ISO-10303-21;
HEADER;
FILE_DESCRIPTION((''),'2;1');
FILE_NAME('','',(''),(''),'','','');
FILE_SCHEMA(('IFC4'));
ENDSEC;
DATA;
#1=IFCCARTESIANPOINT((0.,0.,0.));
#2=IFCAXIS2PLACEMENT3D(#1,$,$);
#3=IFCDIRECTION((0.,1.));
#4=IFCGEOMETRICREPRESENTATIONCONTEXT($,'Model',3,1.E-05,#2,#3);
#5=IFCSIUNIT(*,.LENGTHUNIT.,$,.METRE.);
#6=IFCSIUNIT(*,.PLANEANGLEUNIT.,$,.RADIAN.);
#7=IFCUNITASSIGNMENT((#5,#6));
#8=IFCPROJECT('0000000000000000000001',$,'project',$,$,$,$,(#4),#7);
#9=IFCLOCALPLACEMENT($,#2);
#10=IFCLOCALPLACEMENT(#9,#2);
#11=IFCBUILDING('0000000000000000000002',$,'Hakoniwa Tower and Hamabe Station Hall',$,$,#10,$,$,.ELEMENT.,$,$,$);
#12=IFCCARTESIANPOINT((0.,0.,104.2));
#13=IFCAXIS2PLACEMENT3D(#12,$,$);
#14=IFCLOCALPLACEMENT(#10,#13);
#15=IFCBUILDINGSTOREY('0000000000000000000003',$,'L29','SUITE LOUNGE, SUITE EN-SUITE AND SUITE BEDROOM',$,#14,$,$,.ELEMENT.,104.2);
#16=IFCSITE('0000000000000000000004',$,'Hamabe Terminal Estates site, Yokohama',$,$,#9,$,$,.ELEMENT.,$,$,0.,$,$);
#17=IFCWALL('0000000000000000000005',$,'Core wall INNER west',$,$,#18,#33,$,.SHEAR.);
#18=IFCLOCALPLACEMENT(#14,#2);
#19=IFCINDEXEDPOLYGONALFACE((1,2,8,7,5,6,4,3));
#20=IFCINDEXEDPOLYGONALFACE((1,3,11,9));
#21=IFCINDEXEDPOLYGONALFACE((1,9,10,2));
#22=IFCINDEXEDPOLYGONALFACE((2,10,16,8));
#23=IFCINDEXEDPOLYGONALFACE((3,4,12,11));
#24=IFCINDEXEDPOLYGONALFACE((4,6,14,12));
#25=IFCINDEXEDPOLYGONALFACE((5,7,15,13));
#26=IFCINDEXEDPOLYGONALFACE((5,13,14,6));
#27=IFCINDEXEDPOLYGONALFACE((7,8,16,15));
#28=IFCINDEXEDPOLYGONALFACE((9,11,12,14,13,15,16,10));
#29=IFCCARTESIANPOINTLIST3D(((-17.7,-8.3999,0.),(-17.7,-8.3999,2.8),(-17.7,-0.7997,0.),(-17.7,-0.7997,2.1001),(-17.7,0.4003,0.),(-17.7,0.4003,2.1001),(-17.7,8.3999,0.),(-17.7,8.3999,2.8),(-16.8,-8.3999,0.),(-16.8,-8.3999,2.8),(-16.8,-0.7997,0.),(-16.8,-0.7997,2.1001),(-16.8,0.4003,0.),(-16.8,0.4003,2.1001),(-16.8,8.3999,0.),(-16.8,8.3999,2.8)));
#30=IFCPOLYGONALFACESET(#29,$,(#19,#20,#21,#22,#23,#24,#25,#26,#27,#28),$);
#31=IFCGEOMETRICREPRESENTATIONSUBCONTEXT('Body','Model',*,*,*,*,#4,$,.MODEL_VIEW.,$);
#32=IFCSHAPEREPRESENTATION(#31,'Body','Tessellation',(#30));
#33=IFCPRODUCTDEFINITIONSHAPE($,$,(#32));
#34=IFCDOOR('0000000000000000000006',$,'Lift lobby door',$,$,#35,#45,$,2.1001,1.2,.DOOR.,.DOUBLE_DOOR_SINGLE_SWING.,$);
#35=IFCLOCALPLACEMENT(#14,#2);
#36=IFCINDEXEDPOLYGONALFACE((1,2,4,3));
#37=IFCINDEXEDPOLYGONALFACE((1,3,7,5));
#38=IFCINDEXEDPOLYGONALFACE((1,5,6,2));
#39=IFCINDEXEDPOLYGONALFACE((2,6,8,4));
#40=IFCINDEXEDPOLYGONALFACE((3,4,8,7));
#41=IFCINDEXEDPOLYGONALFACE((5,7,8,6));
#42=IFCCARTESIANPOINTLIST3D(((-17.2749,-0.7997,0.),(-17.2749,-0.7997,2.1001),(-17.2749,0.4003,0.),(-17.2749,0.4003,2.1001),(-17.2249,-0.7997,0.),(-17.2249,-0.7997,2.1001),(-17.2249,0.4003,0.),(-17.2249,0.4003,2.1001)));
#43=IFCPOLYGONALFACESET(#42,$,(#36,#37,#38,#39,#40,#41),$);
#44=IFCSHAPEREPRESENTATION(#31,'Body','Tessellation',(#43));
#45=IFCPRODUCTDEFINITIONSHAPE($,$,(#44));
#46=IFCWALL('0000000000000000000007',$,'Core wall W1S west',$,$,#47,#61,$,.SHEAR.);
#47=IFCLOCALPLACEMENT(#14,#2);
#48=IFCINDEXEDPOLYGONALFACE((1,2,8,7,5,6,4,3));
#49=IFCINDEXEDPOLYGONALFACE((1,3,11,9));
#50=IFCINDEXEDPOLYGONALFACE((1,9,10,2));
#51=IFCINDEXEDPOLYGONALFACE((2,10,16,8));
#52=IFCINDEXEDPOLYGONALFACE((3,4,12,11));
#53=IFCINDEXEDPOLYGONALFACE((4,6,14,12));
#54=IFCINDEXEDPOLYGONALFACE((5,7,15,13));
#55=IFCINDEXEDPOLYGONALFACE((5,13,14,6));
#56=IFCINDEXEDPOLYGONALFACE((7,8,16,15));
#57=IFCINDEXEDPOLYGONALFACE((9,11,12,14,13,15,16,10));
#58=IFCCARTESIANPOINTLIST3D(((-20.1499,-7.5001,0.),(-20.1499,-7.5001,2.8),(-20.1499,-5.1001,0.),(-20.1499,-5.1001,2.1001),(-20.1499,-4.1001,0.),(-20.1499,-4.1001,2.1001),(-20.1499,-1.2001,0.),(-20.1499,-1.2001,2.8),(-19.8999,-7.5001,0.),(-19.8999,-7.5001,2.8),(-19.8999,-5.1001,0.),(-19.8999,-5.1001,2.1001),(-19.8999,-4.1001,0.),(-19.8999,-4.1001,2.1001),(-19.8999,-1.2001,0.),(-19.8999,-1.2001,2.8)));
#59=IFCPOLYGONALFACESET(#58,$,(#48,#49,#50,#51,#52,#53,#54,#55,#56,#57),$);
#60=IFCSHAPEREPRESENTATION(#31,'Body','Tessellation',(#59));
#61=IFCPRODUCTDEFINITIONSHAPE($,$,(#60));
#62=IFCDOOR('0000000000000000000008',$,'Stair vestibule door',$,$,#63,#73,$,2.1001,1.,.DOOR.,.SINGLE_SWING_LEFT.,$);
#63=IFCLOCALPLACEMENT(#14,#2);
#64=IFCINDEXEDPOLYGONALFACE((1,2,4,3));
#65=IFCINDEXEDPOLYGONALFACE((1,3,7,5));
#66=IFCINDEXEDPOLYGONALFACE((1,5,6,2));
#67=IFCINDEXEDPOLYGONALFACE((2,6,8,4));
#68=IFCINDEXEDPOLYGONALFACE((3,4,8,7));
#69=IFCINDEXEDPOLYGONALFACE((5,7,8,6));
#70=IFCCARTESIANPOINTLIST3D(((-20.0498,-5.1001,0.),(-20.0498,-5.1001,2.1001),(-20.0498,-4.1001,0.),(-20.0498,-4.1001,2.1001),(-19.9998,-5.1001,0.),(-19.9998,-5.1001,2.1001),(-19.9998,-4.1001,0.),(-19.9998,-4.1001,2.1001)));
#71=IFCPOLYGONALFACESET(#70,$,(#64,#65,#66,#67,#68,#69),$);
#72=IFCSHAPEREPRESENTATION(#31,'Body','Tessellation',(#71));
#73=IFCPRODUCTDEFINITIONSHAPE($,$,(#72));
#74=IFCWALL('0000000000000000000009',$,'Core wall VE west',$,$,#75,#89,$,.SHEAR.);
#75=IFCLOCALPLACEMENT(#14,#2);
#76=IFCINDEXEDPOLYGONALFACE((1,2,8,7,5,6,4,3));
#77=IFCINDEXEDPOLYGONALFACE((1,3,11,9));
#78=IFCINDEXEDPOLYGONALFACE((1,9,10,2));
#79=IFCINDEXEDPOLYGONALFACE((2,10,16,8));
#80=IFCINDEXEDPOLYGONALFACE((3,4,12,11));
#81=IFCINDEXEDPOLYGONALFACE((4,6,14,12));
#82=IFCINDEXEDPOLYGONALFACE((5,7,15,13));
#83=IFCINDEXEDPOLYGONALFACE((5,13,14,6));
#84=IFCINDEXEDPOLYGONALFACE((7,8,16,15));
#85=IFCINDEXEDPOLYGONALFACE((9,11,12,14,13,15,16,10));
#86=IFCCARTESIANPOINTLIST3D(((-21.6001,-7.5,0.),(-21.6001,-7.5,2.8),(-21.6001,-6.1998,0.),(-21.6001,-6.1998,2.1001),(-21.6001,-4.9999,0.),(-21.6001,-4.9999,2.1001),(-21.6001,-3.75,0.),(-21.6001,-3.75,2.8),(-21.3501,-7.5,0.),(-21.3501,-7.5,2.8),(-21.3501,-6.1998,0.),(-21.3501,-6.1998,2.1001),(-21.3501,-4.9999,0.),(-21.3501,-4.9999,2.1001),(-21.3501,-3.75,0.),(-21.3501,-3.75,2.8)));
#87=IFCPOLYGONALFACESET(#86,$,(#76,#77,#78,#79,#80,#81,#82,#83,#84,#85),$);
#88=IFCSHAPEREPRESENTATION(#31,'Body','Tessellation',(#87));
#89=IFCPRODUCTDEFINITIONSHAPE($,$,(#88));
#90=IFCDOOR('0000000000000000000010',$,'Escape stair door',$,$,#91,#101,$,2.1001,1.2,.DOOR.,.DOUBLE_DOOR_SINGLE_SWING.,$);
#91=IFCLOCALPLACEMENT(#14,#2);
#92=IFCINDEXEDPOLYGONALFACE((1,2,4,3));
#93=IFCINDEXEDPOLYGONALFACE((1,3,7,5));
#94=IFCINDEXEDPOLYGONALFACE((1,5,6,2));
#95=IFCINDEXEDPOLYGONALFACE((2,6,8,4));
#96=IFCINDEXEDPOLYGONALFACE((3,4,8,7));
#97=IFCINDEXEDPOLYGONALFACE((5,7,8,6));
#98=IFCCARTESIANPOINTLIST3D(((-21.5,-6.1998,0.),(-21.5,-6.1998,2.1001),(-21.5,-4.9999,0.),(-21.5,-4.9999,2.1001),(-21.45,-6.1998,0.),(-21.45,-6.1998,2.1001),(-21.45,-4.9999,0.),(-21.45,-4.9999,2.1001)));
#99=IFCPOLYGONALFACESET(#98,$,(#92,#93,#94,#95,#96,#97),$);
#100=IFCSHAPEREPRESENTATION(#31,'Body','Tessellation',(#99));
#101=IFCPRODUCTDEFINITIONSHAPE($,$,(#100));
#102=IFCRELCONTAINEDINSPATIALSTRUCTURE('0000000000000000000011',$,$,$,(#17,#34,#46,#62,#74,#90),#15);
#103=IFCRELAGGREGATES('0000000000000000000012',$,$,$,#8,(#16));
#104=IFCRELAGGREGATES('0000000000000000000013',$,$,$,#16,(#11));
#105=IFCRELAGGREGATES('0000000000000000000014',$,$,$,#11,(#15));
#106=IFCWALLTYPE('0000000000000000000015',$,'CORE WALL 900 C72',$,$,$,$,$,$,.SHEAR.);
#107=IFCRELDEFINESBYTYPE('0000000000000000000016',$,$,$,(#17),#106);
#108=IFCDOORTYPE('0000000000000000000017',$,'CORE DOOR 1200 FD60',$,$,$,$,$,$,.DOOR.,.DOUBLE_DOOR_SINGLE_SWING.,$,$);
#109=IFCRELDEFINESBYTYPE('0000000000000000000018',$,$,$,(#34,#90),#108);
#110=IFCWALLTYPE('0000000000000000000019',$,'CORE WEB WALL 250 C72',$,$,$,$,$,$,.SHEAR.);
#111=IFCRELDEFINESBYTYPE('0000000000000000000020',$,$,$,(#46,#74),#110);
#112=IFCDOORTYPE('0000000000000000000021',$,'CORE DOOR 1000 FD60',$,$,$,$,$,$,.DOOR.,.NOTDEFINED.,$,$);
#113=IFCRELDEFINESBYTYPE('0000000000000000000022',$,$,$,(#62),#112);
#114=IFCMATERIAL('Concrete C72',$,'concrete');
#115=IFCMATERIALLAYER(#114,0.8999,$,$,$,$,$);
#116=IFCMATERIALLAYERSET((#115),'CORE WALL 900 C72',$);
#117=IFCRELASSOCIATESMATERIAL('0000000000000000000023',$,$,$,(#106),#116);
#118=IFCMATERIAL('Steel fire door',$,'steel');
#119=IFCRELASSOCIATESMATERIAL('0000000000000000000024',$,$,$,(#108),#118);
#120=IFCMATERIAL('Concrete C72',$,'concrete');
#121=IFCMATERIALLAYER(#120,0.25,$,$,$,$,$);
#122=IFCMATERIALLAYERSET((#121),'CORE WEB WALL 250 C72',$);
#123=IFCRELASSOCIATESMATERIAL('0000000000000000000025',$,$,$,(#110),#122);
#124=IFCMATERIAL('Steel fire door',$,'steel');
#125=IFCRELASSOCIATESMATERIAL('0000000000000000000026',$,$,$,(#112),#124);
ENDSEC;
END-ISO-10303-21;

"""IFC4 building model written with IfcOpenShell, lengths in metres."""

from ifc_helpers import new_model, si_unit, direction, frame, frame_2d, origin, place, context, subcontext, project, spatial, rectangle, extrude, material, layer, layer_set, type_object, element, fill, save


model = new_model("IFC4")

# Units and contexts
model_context = context("Model", 3, precision=1e-05, world=origin(), true_north=direction((0.0, 1.0)))
body_context = subcontext(model_context, "Body", "Model", "MODEL_VIEW")
ifc_project = project(units=[si_unit("LENGTHUNIT", "METRE"), si_unit("PLANEANGLEUNIT", "RADIAN")], contexts=[model_context])

# Site, building, storey
site_placement = place(None, origin())
site = spatial("IfcSite", under=ifc_project, at=site_placement, Name="Hamabe Terminal Estates site, Yokohama", CompositionType="ELEMENT", RefElevation=0.0)
building_placement = place(site_placement, origin())
building = spatial("IfcBuilding", under=site, at=building_placement, Name="Hakoniwa Tower and Hamabe Station Hall", CompositionType="ELEMENT")
storey_placement = place(building_placement, frame((0.0, 0.0, 104.2)))
storey = spatial("IfcBuildingStorey", under=building, at=storey_placement, Name="L29", Description="SUITE LOUNGE, SUITE EN-SUITE AND SUITE BEDROOM", CompositionType="ELEMENT", Elevation=104.2)

# Walls, openings, doors
ifc_material_1 = material(Name="Concrete C72", Category="concrete")
ifc_layer_1 = layer(ifc_material_1, 0.8999)
ifc_layer_set_1 = layer_set([ifc_layer_1], Name="CORE WALL 900 C72")
wall_type_1 = type_object("IfcWallType", Name="CORE WALL 900 C72", PredefinedType="SHEAR", material=ifc_layer_set_1)
wall_1_placement = place(storey_placement, frame((-17.25, -8.3999, 0.0), z_axis=(0.0, 0.0, 1.0), x_axis=(0.0, 1.0, 0.0)))
wall_1 = element("IfcWall", 1, at=wall_1_placement, inside=storey, type_object=wall_type_1, Name="Core wall INNER west", PredefinedType="SHEAR", context=body_context, shape_type="SweptSolid", body=[
    extrude(rectangle(XDim=16.7998, YDim=0.8999, at=frame_2d((8.3999, 0.0))), origin(), (0.0, 0.0, 1.0), 2.8),
])
opening_1_placement = place(wall_1_placement, frame((7.6001, 0.0, 0.0)))
opening_1 = element("IfcOpeningElement", 2, at=opening_1_placement, cuts=wall_1, PredefinedType="OPENING", context=body_context, shape_type="SweptSolid", body=[
    extrude(rectangle(XDim=1.2, YDim=2.1001, at=frame_2d((0.6001, 1.05))), frame((0.0, 0.46, 0.0), z_axis=(0.0, -1.0, 0.0), x_axis=(1.0, 0.0, 0.0)), (0.0, 0.0, 1.0), 0.9199),
])
ifc_material_2 = material(Name="Steel fire door", Category="steel")
door_type_1 = type_object("IfcDoorType", Name="CORE DOOR 1200 FD60", OperationType="DOUBLE_DOOR_SINGLE_SWING", PredefinedType="DOOR", material=ifc_material_2)
door_1_placement = place(opening_1_placement, origin())
door_1 = element("IfcDoor", 3, at=door_1_placement, inside=storey, type_object=door_type_1, Name="Lift lobby door", OperationType="DOUBLE_DOOR_SINGLE_SWING", OverallHeight=2.1001, OverallWidth=1.2, PredefinedType="DOOR", context=body_context, shape_type="SweptSolid", body=[
    extrude(rectangle(XDim=1.2, YDim=2.1001, at=frame_2d((0.6001, 1.05))), frame((0.0, 0.0249, 0.0), z_axis=(0.0, -1.0, 0.0), x_axis=(1.0, 0.0, 0.0)), (0.0, 0.0, 1.0), 0.05),
])
fill(opening_1, door_1)
ifc_material_3 = material(Name="Concrete C72", Category="concrete")
ifc_layer_2 = layer(ifc_material_3, 0.25)
ifc_layer_set_2 = layer_set([ifc_layer_2], Name="CORE WEB WALL 250 C72")
wall_type_2 = type_object("IfcWallType", Name="CORE WEB WALL 250 C72", PredefinedType="SHEAR", material=ifc_layer_set_2)
wall_2_placement = place(storey_placement, frame((-20.0249, -7.5, 0.0), z_axis=(0.0, 0.0, 1.0), x_axis=(0.0, 1.0, 0.0)))
wall_2 = element("IfcWall", 4, at=wall_2_placement, inside=storey, type_object=wall_type_2, Name="Core wall W1S west", PredefinedType="SHEAR", context=body_context, shape_type="SweptSolid", body=[
    extrude(rectangle(XDim=6.3, YDim=0.25, at=frame_2d((3.1499, 0.0))), origin(), (0.0, 0.0, 1.0), 2.8),
])
opening_2_placement = place(wall_2_placement, frame((2.3999, 0.0, 0.0)))
opening_2 = element("IfcOpeningElement", 5, at=opening_2_placement, cuts=wall_2, PredefinedType="OPENING", context=body_context, shape_type="SweptSolid", body=[
    extrude(rectangle(XDim=1.0, YDim=2.1001, at=frame_2d((0.5, 1.05))), frame((0.0, 0.135, 0.0), z_axis=(0.0, -1.0, 0.0), x_axis=(1.0, 0.0, 0.0)), (0.0, 0.0, 1.0), 0.27),
])
ifc_material_4 = material(Name="Steel fire door", Category="steel")
door_type_2 = type_object("IfcDoorType", Name="CORE DOOR 1000 FD60", OperationType="NOTDEFINED", PredefinedType="DOOR", material=ifc_material_4)
door_2_placement = place(opening_2_placement, origin())
door_2 = element("IfcDoor", 6, at=door_2_placement, inside=storey, type_object=door_type_2, Name="Stair vestibule door", OperationType="SINGLE_SWING_LEFT", OverallHeight=2.1001, OverallWidth=1.0, PredefinedType="DOOR", context=body_context, shape_type="SweptSolid", body=[
    extrude(rectangle(XDim=1.0, YDim=2.1001, at=frame_2d((0.5, 1.05))), frame((0.0, 0.0249, 0.0), z_axis=(0.0, -1.0, 0.0), x_axis=(1.0, 0.0, 0.0)), (0.0, 0.0, 1.0), 0.05),
])
fill(opening_2, door_2)
wall_3_placement = place(storey_placement, frame((-21.4751, -7.5, 0.0), z_axis=(0.0, 0.0, 1.0), x_axis=(0.0, 1.0, 0.0)))
wall_3 = element("IfcWall", 7, at=wall_3_placement, inside=storey, type_object=wall_type_2, Name="Core wall VE west", PredefinedType="SHEAR", context=body_context, shape_type="SweptSolid", body=[
    extrude(rectangle(XDim=3.75, YDim=0.25, at=frame_2d((1.875, 0.0))), origin(), (0.0, 0.0, 1.0), 2.8),
])
opening_3_placement = place(wall_3_placement, frame((1.3, 0.0, 0.0)))
opening_3 = element("IfcOpeningElement", 8, at=opening_3_placement, cuts=wall_3, PredefinedType="OPENING", context=body_context, shape_type="SweptSolid", body=[
    extrude(rectangle(XDim=1.2, YDim=2.1001, at=frame_2d((0.6001, 1.05))), frame((0.0, 0.135, 0.0), z_axis=(0.0, -1.0, 0.0), x_axis=(1.0, 0.0, 0.0)), (0.0, 0.0, 1.0), 0.27),
])
door_3_placement = place(opening_3_placement, origin())
door_3 = element("IfcDoor", 9, at=door_3_placement, inside=storey, type_object=door_type_1, Name="Escape stair door", OperationType="DOUBLE_DOOR_SINGLE_SWING", OverallHeight=2.1001, OverallWidth=1.2, PredefinedType="DOOR", context=body_context, shape_type="SweptSolid", body=[
    extrude(rectangle(XDim=1.2, YDim=2.1001, at=frame_2d((0.6001, 1.05))), frame((0.0, 0.0249, 0.0), z_axis=(0.0, -1.0, 0.0), x_axis=(1.0, 0.0, 0.0)), (0.0, 0.0, 1.0), 0.05),
])
fill(opening_3, door_3)

save(model, "model.ifc")
